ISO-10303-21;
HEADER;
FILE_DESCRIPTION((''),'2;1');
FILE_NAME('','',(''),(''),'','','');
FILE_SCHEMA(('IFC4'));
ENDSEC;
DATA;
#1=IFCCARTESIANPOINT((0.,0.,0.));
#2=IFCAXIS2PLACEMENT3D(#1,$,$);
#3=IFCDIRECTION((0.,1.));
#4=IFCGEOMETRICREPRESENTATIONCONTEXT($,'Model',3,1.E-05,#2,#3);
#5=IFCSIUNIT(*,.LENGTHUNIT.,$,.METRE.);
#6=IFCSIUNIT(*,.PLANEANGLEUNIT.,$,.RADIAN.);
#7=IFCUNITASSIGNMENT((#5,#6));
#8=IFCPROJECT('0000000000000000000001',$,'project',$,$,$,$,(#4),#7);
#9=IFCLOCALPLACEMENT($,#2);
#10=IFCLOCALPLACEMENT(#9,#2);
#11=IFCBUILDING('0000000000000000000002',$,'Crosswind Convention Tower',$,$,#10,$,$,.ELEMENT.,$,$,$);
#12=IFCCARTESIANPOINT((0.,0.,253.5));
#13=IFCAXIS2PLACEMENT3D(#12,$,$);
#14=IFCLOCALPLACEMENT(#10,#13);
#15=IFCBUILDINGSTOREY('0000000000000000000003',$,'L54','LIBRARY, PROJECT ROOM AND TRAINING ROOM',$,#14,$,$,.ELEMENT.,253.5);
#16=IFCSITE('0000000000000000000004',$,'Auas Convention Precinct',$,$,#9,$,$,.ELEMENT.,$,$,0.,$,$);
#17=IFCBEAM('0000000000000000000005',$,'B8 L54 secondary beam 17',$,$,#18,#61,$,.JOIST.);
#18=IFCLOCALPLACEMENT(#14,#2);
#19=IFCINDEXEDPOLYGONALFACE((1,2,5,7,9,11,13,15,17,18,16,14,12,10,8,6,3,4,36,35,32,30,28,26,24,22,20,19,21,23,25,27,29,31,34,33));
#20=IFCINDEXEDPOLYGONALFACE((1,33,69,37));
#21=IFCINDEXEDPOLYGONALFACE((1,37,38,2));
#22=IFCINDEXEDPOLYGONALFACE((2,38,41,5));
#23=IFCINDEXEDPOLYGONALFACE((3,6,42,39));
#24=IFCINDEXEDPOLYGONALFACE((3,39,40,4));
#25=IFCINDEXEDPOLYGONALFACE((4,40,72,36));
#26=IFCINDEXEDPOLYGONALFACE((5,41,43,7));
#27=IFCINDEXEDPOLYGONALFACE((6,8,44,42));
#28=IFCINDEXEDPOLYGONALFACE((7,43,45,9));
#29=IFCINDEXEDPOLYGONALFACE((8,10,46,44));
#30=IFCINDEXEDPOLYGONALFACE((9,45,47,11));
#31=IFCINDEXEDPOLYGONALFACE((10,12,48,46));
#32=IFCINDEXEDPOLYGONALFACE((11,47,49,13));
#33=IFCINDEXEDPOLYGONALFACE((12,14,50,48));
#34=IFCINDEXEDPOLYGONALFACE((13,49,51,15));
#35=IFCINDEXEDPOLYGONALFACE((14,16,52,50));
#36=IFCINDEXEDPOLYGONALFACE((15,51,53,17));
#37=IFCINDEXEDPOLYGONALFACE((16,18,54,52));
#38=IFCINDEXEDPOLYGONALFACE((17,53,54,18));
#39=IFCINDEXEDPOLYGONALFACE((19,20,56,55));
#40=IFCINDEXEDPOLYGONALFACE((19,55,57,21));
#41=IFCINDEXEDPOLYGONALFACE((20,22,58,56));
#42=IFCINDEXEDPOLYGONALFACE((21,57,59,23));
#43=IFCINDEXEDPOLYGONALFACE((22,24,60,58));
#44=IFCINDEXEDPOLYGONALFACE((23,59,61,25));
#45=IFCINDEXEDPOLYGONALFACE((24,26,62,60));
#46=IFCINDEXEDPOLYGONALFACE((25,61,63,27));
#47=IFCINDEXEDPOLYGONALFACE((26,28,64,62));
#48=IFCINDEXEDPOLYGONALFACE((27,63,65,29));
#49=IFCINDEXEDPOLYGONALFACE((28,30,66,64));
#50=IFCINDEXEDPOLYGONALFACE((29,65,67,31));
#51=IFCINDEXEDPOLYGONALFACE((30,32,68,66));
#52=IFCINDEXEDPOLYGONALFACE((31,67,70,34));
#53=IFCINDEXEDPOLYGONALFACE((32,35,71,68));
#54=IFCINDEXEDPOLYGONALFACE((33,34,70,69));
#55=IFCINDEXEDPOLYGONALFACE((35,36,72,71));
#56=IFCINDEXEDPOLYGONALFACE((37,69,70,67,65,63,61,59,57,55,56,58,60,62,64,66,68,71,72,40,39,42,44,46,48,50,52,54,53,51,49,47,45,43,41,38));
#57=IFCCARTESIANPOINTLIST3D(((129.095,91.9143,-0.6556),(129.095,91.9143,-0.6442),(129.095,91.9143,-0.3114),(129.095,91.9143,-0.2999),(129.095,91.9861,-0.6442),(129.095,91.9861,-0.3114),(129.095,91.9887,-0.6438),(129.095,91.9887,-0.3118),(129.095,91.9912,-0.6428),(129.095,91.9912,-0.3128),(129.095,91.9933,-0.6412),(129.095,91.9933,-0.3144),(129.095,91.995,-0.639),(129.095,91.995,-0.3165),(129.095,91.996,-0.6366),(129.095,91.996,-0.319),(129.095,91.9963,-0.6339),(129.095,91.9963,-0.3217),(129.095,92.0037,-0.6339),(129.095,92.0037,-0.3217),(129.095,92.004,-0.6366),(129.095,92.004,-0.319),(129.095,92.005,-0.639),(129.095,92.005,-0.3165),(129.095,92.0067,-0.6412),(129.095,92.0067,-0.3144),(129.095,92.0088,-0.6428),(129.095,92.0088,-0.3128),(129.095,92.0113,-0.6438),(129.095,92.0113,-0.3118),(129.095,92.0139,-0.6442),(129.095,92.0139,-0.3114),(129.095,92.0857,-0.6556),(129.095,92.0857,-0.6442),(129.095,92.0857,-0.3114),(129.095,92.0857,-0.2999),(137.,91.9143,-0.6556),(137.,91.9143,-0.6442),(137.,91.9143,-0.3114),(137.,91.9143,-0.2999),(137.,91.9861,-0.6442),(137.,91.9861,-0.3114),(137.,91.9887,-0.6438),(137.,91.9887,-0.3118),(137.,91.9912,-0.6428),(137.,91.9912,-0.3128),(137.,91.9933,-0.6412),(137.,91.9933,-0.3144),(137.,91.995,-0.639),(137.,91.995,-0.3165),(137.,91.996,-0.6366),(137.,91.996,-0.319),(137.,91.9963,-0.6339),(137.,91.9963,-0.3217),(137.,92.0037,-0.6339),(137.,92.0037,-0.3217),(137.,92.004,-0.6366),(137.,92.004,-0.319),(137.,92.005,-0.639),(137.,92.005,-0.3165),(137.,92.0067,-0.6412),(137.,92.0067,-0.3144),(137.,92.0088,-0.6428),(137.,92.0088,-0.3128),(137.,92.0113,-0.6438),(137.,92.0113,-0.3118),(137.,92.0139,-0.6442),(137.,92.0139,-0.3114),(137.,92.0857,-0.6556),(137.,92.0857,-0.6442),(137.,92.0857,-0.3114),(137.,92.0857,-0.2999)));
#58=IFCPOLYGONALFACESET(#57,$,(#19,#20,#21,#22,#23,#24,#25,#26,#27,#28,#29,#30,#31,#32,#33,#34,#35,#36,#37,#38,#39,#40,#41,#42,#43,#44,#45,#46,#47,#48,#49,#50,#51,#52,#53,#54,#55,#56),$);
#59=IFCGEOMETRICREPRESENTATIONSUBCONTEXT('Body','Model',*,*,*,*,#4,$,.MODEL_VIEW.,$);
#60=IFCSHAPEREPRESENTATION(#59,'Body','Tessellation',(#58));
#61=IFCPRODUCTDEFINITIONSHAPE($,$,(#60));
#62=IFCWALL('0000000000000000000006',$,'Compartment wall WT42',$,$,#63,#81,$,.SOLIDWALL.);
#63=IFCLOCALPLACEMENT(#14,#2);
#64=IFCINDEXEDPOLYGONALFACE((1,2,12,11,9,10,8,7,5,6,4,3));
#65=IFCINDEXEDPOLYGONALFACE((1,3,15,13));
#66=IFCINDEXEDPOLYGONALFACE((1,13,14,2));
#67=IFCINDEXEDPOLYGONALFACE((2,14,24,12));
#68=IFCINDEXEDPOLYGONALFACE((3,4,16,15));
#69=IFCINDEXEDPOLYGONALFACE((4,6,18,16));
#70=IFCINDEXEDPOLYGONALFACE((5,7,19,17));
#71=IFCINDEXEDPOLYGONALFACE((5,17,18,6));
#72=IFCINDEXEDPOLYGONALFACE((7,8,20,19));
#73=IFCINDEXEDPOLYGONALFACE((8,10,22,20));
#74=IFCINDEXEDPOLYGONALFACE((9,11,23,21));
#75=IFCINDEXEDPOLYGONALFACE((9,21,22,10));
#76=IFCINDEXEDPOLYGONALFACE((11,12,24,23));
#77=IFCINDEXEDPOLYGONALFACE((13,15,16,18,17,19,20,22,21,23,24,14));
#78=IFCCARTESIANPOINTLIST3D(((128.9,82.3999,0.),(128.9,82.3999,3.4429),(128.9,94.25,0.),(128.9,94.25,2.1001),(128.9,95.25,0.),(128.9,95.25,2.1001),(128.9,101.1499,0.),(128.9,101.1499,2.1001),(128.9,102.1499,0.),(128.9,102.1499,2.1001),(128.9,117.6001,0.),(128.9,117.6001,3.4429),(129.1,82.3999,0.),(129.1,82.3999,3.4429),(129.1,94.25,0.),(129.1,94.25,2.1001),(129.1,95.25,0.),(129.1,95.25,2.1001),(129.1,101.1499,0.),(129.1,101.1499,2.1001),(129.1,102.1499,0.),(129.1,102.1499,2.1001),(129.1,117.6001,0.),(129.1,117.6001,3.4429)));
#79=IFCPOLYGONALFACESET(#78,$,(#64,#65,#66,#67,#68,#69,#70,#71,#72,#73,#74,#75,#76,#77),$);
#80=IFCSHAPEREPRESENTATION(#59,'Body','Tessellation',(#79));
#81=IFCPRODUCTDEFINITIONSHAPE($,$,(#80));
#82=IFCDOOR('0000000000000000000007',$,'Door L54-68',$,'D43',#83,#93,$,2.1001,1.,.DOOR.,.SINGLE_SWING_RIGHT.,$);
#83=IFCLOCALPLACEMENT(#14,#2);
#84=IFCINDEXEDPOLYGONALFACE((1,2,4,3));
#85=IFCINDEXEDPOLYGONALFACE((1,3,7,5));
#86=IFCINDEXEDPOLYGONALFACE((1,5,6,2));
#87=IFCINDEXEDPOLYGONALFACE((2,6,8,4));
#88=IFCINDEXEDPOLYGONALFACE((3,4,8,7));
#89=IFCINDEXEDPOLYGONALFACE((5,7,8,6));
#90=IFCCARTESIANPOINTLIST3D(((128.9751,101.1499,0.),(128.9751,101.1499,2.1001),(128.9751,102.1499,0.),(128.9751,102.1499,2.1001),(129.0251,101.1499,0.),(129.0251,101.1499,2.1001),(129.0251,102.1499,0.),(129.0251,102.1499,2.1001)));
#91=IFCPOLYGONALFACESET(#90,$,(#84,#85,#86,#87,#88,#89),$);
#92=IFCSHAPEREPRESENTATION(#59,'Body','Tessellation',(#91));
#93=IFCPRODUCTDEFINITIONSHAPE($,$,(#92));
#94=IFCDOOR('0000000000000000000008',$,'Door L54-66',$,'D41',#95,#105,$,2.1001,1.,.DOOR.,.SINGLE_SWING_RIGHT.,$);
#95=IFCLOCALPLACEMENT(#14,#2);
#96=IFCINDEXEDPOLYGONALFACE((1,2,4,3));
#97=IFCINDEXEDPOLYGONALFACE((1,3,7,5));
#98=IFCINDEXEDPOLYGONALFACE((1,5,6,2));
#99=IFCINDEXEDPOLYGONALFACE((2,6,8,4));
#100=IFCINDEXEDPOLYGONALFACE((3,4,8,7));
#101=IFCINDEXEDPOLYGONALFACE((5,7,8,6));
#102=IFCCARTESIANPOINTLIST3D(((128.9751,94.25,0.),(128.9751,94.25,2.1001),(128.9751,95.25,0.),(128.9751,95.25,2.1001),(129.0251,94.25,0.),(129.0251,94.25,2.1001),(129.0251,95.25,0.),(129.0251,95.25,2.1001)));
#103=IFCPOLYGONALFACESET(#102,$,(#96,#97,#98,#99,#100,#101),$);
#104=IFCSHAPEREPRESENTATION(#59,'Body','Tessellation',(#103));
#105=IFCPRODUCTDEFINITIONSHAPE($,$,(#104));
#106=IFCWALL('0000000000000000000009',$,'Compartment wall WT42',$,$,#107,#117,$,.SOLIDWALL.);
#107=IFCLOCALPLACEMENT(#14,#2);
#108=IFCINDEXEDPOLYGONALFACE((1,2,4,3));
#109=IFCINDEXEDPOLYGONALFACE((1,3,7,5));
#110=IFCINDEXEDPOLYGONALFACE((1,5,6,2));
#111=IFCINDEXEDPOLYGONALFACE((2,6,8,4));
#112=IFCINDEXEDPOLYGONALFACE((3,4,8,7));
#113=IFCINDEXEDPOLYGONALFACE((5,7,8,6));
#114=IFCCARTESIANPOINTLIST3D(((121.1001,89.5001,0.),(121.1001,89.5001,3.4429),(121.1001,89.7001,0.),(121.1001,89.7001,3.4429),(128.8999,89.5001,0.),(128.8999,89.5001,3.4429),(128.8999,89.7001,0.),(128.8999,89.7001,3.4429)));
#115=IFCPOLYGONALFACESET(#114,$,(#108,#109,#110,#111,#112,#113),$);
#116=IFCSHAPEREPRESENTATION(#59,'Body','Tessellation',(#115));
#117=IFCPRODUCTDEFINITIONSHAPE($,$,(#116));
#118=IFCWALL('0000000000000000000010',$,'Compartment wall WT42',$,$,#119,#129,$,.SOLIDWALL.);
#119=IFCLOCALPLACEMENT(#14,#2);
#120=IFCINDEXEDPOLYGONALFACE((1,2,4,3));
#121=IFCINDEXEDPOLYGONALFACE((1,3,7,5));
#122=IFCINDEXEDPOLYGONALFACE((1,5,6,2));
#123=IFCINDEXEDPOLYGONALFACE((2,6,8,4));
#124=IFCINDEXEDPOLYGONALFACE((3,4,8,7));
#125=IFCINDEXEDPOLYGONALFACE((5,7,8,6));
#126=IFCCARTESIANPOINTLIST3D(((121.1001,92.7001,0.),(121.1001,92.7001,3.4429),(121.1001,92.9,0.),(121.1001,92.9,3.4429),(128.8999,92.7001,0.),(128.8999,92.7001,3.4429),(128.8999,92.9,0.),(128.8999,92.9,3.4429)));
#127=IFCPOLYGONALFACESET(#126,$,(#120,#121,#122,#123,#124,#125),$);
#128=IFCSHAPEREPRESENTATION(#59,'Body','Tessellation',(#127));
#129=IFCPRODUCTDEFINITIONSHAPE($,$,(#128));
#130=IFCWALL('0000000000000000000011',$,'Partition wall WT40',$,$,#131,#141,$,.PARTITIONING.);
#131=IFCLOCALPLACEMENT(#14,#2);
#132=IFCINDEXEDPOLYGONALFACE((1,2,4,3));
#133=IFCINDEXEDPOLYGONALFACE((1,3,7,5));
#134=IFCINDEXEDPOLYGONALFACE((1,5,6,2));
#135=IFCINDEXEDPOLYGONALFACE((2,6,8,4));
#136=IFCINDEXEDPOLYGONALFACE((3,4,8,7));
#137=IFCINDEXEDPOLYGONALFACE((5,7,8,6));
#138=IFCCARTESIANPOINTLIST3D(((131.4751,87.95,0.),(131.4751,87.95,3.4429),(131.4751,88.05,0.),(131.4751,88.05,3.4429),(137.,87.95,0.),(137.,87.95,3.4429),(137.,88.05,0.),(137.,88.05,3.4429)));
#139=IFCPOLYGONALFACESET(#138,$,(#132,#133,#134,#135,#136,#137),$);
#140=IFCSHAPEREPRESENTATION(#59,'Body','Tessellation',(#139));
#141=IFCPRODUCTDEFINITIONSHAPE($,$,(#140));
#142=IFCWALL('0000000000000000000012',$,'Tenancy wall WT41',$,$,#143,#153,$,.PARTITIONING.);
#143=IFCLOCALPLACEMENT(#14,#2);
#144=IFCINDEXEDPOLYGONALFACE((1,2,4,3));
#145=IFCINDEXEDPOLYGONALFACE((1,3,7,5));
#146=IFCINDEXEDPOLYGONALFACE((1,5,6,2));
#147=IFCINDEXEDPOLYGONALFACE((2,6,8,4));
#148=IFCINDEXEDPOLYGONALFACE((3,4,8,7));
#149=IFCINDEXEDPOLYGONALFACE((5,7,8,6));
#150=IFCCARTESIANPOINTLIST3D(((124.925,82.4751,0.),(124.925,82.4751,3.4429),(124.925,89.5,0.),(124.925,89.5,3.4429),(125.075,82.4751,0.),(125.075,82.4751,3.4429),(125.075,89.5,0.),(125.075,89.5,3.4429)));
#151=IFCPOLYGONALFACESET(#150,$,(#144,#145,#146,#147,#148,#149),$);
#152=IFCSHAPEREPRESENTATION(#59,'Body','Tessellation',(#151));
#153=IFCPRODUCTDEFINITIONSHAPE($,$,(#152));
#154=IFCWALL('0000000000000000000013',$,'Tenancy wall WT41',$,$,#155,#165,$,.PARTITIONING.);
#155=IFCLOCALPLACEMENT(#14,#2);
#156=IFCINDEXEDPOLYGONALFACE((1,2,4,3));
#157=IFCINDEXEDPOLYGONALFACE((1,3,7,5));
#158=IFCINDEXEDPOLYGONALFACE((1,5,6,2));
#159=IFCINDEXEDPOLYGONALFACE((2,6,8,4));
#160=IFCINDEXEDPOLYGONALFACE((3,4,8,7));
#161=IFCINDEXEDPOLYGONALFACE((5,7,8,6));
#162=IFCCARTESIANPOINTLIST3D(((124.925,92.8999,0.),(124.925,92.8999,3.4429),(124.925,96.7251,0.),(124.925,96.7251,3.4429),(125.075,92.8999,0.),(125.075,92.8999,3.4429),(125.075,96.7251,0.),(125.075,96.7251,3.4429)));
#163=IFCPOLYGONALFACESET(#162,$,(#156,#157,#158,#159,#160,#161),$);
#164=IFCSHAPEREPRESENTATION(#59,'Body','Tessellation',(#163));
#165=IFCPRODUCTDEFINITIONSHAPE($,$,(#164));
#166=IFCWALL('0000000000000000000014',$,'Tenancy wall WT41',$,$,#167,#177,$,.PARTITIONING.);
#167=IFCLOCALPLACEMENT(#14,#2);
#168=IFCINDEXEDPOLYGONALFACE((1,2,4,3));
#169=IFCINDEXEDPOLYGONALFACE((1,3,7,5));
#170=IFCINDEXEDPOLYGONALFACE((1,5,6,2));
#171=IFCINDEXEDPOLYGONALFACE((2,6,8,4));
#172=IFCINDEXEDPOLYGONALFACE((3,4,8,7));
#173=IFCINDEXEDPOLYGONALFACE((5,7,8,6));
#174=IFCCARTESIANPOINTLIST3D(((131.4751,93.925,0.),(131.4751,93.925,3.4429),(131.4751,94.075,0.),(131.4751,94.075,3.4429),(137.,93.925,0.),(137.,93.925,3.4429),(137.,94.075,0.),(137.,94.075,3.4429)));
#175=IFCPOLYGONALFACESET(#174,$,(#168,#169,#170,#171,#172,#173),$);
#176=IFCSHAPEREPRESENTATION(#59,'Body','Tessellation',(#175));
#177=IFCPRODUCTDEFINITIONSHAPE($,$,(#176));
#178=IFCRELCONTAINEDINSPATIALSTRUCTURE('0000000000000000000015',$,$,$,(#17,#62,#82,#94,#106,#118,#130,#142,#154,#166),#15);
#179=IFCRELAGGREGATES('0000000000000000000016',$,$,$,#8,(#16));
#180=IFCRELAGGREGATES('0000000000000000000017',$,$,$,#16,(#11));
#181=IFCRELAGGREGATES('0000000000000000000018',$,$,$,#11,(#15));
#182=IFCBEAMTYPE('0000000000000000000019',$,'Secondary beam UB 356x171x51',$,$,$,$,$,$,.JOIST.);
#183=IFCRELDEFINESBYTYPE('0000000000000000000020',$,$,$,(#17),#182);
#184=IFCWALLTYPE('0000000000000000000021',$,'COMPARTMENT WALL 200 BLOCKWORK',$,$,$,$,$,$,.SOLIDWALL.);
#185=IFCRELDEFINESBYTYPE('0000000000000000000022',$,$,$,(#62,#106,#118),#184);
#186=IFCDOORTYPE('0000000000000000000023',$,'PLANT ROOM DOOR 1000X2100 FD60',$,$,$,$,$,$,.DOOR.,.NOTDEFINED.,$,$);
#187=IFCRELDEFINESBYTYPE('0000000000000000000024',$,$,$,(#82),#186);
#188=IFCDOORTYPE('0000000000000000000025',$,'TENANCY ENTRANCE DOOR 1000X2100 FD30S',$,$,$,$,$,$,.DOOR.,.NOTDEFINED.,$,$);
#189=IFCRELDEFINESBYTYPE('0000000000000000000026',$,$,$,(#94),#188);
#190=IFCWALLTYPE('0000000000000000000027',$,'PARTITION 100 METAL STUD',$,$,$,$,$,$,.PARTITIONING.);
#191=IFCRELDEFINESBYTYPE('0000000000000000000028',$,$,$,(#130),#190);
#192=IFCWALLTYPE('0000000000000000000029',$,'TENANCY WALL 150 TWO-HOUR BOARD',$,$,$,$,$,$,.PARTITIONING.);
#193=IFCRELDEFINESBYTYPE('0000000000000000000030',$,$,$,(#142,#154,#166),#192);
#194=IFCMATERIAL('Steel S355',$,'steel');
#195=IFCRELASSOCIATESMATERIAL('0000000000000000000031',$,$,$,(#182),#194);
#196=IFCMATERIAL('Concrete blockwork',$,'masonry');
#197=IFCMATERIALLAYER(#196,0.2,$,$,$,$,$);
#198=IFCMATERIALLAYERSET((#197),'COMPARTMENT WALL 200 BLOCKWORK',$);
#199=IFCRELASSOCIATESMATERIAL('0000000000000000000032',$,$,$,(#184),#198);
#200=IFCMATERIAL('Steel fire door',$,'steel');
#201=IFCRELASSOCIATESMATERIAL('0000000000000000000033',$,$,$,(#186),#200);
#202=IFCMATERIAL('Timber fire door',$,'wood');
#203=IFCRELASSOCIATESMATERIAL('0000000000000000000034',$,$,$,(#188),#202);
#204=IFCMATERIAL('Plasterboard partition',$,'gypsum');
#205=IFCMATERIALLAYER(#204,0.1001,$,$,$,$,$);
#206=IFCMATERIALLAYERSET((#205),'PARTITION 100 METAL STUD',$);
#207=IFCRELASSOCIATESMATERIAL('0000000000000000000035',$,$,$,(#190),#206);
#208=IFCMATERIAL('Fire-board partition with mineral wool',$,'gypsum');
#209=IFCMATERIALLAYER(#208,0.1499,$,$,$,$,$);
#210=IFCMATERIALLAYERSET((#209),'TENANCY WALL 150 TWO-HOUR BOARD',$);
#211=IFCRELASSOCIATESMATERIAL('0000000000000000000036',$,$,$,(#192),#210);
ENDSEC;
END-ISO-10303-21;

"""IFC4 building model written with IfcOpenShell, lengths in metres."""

from ifc_helpers import new_model, si_unit, direction, frame, frame_2d, origin, origin_2d, place, context, subcontext, project, spatial, rectangle, i_section, extrude, material, layer, layer_set, material_profile, profile_set, type_object, element, fill, save


model = new_model("IFC4")

# Units and contexts
model_context = context("Model", 3, precision=1e-05, world=origin(), true_north=direction((0.0, 1.0)))
body_context = subcontext(model_context, "Body", "Model", "MODEL_VIEW")
ifc_project = project(units=[si_unit("LENGTHUNIT", "METRE"), si_unit("PLANEANGLEUNIT", "RADIAN")], contexts=[model_context])

# Site, building, storey
site_placement = place(None, origin())
site = spatial("IfcSite", under=ifc_project, at=site_placement, Name="Auas Convention Precinct", CompositionType="ELEMENT", RefElevation=0.0)
building_placement = place(site_placement, origin())
building = spatial("IfcBuilding", under=site, at=building_placement, Name="Crosswind Convention Tower", CompositionType="ELEMENT")
storey_placement = place(building_placement, frame((0.0, 0.0, 253.5)))
storey = spatial("IfcBuildingStorey", under=building, at=storey_placement, Name="L54", Description="LIBRARY, PROJECT ROOM AND TRAINING ROOM", CompositionType="ELEMENT", Elevation=253.5)

# Beam
ifc_material_1 = material(Name="Steel S355", Category="steel")
ifc_material_profile_1 = material_profile(ifc_material_1, i_section(OverallWidth=0.1714, OverallDepth=0.3557, WebThickness=0.0073, FlangeThickness=0.0115, FilletRadius=0.0103, at=origin_2d()), Name="UB 356x171x51")
ifc_profile_set_1 = profile_set([ifc_material_profile_1], Name="Steel S355")
beam_type_1 = type_object("IfcBeamType", Name="Secondary beam UB 356x171x51", PredefinedType="JOIST", material=ifc_profile_set_1)
beam_1_placement = place(storey_placement, frame((129.095, 92.0, -0.4778), z_axis=(1.0, 0.0, 0.0), x_axis=(0.0, 1.0, 0.0)))
element("IfcBeam", 1, at=beam_1_placement, inside=storey, type_object=beam_type_1, Name="B8 L54 secondary beam 17", PredefinedType="JOIST", context=body_context, shape_type="SweptSolid", body=[
    extrude(i_section(OverallWidth=0.1714, OverallDepth=0.3557, WebThickness=0.0073, FlangeThickness=0.0115, FilletRadius=0.0103, at=origin_2d()), origin(), (0.0, 0.0, 1.0), 7.905),
])

# Wall, openings, doors
ifc_material_2 = material(Name="Concrete blockwork", Category="masonry")
ifc_layer_1 = layer(ifc_material_2, 0.2)
ifc_layer_set_1 = layer_set([ifc_layer_1], Name="COMPARTMENT WALL 200 BLOCKWORK")
wall_type_1 = type_object("IfcWallType", Name="COMPARTMENT WALL 200 BLOCKWORK", PredefinedType="SOLIDWALL", material=ifc_layer_set_1)
wall_1_placement = place(storey_placement, frame((129.0, 82.3999, 0.0), z_axis=(0.0, 0.0, 1.0), x_axis=(0.0, 1.0, 0.0)))
wall_1 = element("IfcWall", 2, at=wall_1_placement, inside=storey, type_object=wall_type_1, Name="Compartment wall WT42", PredefinedType="SOLIDWALL", context=body_context, shape_type="SweptSolid", body=[
    extrude(rectangle(XDim=35.2002, YDim=0.2, at=frame_2d((17.6001, 0.0))), origin(), (0.0, 0.0, 1.0), 3.4429),
])
opening_1_placement = place(wall_1_placement, frame((11.8501, 0.0, 0.0)))
opening_1 = element("IfcOpeningElement", 3, at=opening_1_placement, cuts=wall_1, PredefinedType="OPENING", context=body_context, shape_type="SweptSolid", body=[
    extrude(rectangle(XDim=1.0, YDim=2.1001, at=frame_2d((0.5, 1.05))), frame((0.0, 0.1099, 0.0), z_axis=(0.0, -1.0, 0.0), x_axis=(1.0, 0.0, 0.0)), (0.0, 0.0, 1.0), 0.22),
])
opening_2_placement = place(wall_1_placement, frame((18.75, 0.0, 0.0)))
opening_2 = element("IfcOpeningElement", 4, at=opening_2_placement, cuts=wall_1, PredefinedType="OPENING", context=body_context, shape_type="SweptSolid", body=[
    extrude(rectangle(XDim=1.0, YDim=2.1001, at=frame_2d((0.5, 1.05))), frame((0.0, 0.1099, 0.0), z_axis=(0.0, -1.0, 0.0), x_axis=(1.0, 0.0, 0.0)), (0.0, 0.0, 1.0), 0.22),
])
ifc_material_3 = material(Name="Steel fire door", Category="steel")
door_type_1 = type_object("IfcDoorType", Name="PLANT ROOM DOOR 1000X2100 FD60", OperationType="NOTDEFINED", PredefinedType="DOOR", material=ifc_material_3)
door_1_placement = place(opening_2_placement, origin())
door_1 = element("IfcDoor", 5, at=door_1_placement, inside=storey, type_object=door_type_1, Name="Door L54-68", ObjectType="D43", OperationType="SINGLE_SWING_RIGHT", OverallHeight=2.1001, OverallWidth=1.0, PredefinedType="DOOR", context=body_context, shape_type="SweptSolid", body=[
    extrude(rectangle(XDim=1.0, YDim=2.1001, at=frame_2d((0.5, 1.05))), frame((0.0, 0.0249, 0.0), z_axis=(0.0, -1.0, 0.0), x_axis=(1.0, 0.0, 0.0)), (0.0, 0.0, 1.0), 0.05),
])
fill(opening_2, door_1)
ifc_material_4 = material(Name="Timber fire door", Category="wood")
door_type_2 = type_object("IfcDoorType", Name="TENANCY ENTRANCE DOOR 1000X2100 FD30S", OperationType="NOTDEFINED", PredefinedType="DOOR", material=ifc_material_4)
door_2_placement = place(opening_1_placement, origin())
door_2 = element("IfcDoor", 6, at=door_2_placement, inside=storey, type_object=door_type_2, Name="Door L54-66", ObjectType="D41", OperationType="SINGLE_SWING_RIGHT", OverallHeight=2.1001, OverallWidth=1.0, PredefinedType="DOOR", context=body_context, shape_type="SweptSolid", body=[
    extrude(rectangle(XDim=1.0, YDim=2.1001, at=frame_2d((0.5, 1.05))), frame((0.0, 0.0249, 0.0), z_axis=(0.0, -1.0, 0.0), x_axis=(1.0, 0.0, 0.0)), (0.0, 0.0, 1.0), 0.05),
])
fill(opening_1, door_2)

# Walls
for number, where, z_axis, x_axis, name in (
    (7, (121.1001, 89.6001, 0.0), (0.0, 0.0, 1.0), (1.0, 0.0, 0.0), "Compartment wall WT42"),
    (8, (121.1001, 92.8, 0.0), (0.0, 0.0, 1.0), (1.0, 0.0, 0.0), "Compartment wall WT42"),
):
    element("IfcWall", number, at=place(storey_placement, frame(where, z_axis=z_axis, x_axis=x_axis)), inside=storey, type_object=wall_type_1, Name=name, PredefinedType="SOLIDWALL", context=body_context, shape_type="SweptSolid", body=[
        extrude(rectangle(XDim=7.7998, YDim=0.2, at=frame_2d((3.8999, 0.0))), origin(), (0.0, 0.0, 1.0), 3.4429),
    ])
ifc_material_5 = material(Name="Plasterboard partition", Category="gypsum")
ifc_layer_2 = layer(ifc_material_5, 0.1001)
ifc_layer_set_2 = layer_set([ifc_layer_2], Name="PARTITION 100 METAL STUD")
wall_type_2 = type_object("IfcWallType", Name="PARTITION 100 METAL STUD", PredefinedType="PARTITIONING", material=ifc_layer_set_2)
wall_2_placement = place(storey_placement, frame((131.4751, 88.0, 0.0), z_axis=(0.0, 0.0, 1.0), x_axis=(1.0, 0.0, 0.0)))
element("IfcWall", 9, at=wall_2_placement, inside=storey, type_object=wall_type_2, Name="Partition wall WT40", PredefinedType="PARTITIONING", context=body_context, shape_type="SweptSolid", body=[
    extrude(rectangle(XDim=5.5249, YDim=0.1001, at=frame_2d((2.7625, 0.0))), origin(), (0.0, 0.0, 1.0), 3.4429),
])
ifc_material_6 = material(Name="Fire-board partition with mineral wool", Category="gypsum")
ifc_layer_3 = layer(ifc_material_6, 0.1499)
ifc_layer_set_3 = layer_set([ifc_layer_3], Name="TENANCY WALL 150 TWO-HOUR BOARD")
wall_type_3 = type_object("IfcWallType", Name="TENANCY WALL 150 TWO-HOUR BOARD", PredefinedType="PARTITIONING", material=ifc_layer_set_3)
wall_3_placement = place(storey_placement, frame((125.0, 82.4751, 0.0), z_axis=(0.0, 0.0, 1.0), x_axis=(0.0, 1.0, 0.0)))
element("IfcWall", 10, at=wall_3_placement, inside=storey, type_object=wall_type_3, Name="Tenancy wall WT41", PredefinedType="PARTITIONING", context=body_context, shape_type="SweptSolid", body=[
    extrude(rectangle(XDim=7.0249, YDim=0.1499, at=frame_2d((3.5125, 0.0))), origin(), (0.0, 0.0, 1.0), 3.4429),
])
wall_4_placement = place(storey_placement, frame((125.0, 92.8999, 0.0), z_axis=(0.0, 0.0, 1.0), x_axis=(0.0, 1.0, 0.0)))
element("IfcWall", 11, at=wall_4_placement, inside=storey, type_object=wall_type_3, Name="Tenancy wall WT41", PredefinedType="PARTITIONING", context=body_context, shape_type="SweptSolid", body=[
    extrude(rectangle(XDim=3.8252, YDim=0.1499, at=frame_2d((1.9126, 0.0))), origin(), (0.0, 0.0, 1.0), 3.4429),
])
wall_5_placement = place(storey_placement, frame((131.4751, 94.0, 0.0), z_axis=(0.0, 0.0, 1.0), x_axis=(1.0, 0.0, 0.0)))
element("IfcWall", 12, at=wall_5_placement, inside=storey, type_object=wall_type_3, Name="Tenancy wall WT41", PredefinedType="PARTITIONING", context=body_context, shape_type="SweptSolid", body=[
    extrude(rectangle(XDim=5.5249, YDim=0.1499, at=frame_2d((2.7625, 0.0))), origin(), (0.0, 0.0, 1.0), 3.4429),
])

save(model, "model.ifc")
